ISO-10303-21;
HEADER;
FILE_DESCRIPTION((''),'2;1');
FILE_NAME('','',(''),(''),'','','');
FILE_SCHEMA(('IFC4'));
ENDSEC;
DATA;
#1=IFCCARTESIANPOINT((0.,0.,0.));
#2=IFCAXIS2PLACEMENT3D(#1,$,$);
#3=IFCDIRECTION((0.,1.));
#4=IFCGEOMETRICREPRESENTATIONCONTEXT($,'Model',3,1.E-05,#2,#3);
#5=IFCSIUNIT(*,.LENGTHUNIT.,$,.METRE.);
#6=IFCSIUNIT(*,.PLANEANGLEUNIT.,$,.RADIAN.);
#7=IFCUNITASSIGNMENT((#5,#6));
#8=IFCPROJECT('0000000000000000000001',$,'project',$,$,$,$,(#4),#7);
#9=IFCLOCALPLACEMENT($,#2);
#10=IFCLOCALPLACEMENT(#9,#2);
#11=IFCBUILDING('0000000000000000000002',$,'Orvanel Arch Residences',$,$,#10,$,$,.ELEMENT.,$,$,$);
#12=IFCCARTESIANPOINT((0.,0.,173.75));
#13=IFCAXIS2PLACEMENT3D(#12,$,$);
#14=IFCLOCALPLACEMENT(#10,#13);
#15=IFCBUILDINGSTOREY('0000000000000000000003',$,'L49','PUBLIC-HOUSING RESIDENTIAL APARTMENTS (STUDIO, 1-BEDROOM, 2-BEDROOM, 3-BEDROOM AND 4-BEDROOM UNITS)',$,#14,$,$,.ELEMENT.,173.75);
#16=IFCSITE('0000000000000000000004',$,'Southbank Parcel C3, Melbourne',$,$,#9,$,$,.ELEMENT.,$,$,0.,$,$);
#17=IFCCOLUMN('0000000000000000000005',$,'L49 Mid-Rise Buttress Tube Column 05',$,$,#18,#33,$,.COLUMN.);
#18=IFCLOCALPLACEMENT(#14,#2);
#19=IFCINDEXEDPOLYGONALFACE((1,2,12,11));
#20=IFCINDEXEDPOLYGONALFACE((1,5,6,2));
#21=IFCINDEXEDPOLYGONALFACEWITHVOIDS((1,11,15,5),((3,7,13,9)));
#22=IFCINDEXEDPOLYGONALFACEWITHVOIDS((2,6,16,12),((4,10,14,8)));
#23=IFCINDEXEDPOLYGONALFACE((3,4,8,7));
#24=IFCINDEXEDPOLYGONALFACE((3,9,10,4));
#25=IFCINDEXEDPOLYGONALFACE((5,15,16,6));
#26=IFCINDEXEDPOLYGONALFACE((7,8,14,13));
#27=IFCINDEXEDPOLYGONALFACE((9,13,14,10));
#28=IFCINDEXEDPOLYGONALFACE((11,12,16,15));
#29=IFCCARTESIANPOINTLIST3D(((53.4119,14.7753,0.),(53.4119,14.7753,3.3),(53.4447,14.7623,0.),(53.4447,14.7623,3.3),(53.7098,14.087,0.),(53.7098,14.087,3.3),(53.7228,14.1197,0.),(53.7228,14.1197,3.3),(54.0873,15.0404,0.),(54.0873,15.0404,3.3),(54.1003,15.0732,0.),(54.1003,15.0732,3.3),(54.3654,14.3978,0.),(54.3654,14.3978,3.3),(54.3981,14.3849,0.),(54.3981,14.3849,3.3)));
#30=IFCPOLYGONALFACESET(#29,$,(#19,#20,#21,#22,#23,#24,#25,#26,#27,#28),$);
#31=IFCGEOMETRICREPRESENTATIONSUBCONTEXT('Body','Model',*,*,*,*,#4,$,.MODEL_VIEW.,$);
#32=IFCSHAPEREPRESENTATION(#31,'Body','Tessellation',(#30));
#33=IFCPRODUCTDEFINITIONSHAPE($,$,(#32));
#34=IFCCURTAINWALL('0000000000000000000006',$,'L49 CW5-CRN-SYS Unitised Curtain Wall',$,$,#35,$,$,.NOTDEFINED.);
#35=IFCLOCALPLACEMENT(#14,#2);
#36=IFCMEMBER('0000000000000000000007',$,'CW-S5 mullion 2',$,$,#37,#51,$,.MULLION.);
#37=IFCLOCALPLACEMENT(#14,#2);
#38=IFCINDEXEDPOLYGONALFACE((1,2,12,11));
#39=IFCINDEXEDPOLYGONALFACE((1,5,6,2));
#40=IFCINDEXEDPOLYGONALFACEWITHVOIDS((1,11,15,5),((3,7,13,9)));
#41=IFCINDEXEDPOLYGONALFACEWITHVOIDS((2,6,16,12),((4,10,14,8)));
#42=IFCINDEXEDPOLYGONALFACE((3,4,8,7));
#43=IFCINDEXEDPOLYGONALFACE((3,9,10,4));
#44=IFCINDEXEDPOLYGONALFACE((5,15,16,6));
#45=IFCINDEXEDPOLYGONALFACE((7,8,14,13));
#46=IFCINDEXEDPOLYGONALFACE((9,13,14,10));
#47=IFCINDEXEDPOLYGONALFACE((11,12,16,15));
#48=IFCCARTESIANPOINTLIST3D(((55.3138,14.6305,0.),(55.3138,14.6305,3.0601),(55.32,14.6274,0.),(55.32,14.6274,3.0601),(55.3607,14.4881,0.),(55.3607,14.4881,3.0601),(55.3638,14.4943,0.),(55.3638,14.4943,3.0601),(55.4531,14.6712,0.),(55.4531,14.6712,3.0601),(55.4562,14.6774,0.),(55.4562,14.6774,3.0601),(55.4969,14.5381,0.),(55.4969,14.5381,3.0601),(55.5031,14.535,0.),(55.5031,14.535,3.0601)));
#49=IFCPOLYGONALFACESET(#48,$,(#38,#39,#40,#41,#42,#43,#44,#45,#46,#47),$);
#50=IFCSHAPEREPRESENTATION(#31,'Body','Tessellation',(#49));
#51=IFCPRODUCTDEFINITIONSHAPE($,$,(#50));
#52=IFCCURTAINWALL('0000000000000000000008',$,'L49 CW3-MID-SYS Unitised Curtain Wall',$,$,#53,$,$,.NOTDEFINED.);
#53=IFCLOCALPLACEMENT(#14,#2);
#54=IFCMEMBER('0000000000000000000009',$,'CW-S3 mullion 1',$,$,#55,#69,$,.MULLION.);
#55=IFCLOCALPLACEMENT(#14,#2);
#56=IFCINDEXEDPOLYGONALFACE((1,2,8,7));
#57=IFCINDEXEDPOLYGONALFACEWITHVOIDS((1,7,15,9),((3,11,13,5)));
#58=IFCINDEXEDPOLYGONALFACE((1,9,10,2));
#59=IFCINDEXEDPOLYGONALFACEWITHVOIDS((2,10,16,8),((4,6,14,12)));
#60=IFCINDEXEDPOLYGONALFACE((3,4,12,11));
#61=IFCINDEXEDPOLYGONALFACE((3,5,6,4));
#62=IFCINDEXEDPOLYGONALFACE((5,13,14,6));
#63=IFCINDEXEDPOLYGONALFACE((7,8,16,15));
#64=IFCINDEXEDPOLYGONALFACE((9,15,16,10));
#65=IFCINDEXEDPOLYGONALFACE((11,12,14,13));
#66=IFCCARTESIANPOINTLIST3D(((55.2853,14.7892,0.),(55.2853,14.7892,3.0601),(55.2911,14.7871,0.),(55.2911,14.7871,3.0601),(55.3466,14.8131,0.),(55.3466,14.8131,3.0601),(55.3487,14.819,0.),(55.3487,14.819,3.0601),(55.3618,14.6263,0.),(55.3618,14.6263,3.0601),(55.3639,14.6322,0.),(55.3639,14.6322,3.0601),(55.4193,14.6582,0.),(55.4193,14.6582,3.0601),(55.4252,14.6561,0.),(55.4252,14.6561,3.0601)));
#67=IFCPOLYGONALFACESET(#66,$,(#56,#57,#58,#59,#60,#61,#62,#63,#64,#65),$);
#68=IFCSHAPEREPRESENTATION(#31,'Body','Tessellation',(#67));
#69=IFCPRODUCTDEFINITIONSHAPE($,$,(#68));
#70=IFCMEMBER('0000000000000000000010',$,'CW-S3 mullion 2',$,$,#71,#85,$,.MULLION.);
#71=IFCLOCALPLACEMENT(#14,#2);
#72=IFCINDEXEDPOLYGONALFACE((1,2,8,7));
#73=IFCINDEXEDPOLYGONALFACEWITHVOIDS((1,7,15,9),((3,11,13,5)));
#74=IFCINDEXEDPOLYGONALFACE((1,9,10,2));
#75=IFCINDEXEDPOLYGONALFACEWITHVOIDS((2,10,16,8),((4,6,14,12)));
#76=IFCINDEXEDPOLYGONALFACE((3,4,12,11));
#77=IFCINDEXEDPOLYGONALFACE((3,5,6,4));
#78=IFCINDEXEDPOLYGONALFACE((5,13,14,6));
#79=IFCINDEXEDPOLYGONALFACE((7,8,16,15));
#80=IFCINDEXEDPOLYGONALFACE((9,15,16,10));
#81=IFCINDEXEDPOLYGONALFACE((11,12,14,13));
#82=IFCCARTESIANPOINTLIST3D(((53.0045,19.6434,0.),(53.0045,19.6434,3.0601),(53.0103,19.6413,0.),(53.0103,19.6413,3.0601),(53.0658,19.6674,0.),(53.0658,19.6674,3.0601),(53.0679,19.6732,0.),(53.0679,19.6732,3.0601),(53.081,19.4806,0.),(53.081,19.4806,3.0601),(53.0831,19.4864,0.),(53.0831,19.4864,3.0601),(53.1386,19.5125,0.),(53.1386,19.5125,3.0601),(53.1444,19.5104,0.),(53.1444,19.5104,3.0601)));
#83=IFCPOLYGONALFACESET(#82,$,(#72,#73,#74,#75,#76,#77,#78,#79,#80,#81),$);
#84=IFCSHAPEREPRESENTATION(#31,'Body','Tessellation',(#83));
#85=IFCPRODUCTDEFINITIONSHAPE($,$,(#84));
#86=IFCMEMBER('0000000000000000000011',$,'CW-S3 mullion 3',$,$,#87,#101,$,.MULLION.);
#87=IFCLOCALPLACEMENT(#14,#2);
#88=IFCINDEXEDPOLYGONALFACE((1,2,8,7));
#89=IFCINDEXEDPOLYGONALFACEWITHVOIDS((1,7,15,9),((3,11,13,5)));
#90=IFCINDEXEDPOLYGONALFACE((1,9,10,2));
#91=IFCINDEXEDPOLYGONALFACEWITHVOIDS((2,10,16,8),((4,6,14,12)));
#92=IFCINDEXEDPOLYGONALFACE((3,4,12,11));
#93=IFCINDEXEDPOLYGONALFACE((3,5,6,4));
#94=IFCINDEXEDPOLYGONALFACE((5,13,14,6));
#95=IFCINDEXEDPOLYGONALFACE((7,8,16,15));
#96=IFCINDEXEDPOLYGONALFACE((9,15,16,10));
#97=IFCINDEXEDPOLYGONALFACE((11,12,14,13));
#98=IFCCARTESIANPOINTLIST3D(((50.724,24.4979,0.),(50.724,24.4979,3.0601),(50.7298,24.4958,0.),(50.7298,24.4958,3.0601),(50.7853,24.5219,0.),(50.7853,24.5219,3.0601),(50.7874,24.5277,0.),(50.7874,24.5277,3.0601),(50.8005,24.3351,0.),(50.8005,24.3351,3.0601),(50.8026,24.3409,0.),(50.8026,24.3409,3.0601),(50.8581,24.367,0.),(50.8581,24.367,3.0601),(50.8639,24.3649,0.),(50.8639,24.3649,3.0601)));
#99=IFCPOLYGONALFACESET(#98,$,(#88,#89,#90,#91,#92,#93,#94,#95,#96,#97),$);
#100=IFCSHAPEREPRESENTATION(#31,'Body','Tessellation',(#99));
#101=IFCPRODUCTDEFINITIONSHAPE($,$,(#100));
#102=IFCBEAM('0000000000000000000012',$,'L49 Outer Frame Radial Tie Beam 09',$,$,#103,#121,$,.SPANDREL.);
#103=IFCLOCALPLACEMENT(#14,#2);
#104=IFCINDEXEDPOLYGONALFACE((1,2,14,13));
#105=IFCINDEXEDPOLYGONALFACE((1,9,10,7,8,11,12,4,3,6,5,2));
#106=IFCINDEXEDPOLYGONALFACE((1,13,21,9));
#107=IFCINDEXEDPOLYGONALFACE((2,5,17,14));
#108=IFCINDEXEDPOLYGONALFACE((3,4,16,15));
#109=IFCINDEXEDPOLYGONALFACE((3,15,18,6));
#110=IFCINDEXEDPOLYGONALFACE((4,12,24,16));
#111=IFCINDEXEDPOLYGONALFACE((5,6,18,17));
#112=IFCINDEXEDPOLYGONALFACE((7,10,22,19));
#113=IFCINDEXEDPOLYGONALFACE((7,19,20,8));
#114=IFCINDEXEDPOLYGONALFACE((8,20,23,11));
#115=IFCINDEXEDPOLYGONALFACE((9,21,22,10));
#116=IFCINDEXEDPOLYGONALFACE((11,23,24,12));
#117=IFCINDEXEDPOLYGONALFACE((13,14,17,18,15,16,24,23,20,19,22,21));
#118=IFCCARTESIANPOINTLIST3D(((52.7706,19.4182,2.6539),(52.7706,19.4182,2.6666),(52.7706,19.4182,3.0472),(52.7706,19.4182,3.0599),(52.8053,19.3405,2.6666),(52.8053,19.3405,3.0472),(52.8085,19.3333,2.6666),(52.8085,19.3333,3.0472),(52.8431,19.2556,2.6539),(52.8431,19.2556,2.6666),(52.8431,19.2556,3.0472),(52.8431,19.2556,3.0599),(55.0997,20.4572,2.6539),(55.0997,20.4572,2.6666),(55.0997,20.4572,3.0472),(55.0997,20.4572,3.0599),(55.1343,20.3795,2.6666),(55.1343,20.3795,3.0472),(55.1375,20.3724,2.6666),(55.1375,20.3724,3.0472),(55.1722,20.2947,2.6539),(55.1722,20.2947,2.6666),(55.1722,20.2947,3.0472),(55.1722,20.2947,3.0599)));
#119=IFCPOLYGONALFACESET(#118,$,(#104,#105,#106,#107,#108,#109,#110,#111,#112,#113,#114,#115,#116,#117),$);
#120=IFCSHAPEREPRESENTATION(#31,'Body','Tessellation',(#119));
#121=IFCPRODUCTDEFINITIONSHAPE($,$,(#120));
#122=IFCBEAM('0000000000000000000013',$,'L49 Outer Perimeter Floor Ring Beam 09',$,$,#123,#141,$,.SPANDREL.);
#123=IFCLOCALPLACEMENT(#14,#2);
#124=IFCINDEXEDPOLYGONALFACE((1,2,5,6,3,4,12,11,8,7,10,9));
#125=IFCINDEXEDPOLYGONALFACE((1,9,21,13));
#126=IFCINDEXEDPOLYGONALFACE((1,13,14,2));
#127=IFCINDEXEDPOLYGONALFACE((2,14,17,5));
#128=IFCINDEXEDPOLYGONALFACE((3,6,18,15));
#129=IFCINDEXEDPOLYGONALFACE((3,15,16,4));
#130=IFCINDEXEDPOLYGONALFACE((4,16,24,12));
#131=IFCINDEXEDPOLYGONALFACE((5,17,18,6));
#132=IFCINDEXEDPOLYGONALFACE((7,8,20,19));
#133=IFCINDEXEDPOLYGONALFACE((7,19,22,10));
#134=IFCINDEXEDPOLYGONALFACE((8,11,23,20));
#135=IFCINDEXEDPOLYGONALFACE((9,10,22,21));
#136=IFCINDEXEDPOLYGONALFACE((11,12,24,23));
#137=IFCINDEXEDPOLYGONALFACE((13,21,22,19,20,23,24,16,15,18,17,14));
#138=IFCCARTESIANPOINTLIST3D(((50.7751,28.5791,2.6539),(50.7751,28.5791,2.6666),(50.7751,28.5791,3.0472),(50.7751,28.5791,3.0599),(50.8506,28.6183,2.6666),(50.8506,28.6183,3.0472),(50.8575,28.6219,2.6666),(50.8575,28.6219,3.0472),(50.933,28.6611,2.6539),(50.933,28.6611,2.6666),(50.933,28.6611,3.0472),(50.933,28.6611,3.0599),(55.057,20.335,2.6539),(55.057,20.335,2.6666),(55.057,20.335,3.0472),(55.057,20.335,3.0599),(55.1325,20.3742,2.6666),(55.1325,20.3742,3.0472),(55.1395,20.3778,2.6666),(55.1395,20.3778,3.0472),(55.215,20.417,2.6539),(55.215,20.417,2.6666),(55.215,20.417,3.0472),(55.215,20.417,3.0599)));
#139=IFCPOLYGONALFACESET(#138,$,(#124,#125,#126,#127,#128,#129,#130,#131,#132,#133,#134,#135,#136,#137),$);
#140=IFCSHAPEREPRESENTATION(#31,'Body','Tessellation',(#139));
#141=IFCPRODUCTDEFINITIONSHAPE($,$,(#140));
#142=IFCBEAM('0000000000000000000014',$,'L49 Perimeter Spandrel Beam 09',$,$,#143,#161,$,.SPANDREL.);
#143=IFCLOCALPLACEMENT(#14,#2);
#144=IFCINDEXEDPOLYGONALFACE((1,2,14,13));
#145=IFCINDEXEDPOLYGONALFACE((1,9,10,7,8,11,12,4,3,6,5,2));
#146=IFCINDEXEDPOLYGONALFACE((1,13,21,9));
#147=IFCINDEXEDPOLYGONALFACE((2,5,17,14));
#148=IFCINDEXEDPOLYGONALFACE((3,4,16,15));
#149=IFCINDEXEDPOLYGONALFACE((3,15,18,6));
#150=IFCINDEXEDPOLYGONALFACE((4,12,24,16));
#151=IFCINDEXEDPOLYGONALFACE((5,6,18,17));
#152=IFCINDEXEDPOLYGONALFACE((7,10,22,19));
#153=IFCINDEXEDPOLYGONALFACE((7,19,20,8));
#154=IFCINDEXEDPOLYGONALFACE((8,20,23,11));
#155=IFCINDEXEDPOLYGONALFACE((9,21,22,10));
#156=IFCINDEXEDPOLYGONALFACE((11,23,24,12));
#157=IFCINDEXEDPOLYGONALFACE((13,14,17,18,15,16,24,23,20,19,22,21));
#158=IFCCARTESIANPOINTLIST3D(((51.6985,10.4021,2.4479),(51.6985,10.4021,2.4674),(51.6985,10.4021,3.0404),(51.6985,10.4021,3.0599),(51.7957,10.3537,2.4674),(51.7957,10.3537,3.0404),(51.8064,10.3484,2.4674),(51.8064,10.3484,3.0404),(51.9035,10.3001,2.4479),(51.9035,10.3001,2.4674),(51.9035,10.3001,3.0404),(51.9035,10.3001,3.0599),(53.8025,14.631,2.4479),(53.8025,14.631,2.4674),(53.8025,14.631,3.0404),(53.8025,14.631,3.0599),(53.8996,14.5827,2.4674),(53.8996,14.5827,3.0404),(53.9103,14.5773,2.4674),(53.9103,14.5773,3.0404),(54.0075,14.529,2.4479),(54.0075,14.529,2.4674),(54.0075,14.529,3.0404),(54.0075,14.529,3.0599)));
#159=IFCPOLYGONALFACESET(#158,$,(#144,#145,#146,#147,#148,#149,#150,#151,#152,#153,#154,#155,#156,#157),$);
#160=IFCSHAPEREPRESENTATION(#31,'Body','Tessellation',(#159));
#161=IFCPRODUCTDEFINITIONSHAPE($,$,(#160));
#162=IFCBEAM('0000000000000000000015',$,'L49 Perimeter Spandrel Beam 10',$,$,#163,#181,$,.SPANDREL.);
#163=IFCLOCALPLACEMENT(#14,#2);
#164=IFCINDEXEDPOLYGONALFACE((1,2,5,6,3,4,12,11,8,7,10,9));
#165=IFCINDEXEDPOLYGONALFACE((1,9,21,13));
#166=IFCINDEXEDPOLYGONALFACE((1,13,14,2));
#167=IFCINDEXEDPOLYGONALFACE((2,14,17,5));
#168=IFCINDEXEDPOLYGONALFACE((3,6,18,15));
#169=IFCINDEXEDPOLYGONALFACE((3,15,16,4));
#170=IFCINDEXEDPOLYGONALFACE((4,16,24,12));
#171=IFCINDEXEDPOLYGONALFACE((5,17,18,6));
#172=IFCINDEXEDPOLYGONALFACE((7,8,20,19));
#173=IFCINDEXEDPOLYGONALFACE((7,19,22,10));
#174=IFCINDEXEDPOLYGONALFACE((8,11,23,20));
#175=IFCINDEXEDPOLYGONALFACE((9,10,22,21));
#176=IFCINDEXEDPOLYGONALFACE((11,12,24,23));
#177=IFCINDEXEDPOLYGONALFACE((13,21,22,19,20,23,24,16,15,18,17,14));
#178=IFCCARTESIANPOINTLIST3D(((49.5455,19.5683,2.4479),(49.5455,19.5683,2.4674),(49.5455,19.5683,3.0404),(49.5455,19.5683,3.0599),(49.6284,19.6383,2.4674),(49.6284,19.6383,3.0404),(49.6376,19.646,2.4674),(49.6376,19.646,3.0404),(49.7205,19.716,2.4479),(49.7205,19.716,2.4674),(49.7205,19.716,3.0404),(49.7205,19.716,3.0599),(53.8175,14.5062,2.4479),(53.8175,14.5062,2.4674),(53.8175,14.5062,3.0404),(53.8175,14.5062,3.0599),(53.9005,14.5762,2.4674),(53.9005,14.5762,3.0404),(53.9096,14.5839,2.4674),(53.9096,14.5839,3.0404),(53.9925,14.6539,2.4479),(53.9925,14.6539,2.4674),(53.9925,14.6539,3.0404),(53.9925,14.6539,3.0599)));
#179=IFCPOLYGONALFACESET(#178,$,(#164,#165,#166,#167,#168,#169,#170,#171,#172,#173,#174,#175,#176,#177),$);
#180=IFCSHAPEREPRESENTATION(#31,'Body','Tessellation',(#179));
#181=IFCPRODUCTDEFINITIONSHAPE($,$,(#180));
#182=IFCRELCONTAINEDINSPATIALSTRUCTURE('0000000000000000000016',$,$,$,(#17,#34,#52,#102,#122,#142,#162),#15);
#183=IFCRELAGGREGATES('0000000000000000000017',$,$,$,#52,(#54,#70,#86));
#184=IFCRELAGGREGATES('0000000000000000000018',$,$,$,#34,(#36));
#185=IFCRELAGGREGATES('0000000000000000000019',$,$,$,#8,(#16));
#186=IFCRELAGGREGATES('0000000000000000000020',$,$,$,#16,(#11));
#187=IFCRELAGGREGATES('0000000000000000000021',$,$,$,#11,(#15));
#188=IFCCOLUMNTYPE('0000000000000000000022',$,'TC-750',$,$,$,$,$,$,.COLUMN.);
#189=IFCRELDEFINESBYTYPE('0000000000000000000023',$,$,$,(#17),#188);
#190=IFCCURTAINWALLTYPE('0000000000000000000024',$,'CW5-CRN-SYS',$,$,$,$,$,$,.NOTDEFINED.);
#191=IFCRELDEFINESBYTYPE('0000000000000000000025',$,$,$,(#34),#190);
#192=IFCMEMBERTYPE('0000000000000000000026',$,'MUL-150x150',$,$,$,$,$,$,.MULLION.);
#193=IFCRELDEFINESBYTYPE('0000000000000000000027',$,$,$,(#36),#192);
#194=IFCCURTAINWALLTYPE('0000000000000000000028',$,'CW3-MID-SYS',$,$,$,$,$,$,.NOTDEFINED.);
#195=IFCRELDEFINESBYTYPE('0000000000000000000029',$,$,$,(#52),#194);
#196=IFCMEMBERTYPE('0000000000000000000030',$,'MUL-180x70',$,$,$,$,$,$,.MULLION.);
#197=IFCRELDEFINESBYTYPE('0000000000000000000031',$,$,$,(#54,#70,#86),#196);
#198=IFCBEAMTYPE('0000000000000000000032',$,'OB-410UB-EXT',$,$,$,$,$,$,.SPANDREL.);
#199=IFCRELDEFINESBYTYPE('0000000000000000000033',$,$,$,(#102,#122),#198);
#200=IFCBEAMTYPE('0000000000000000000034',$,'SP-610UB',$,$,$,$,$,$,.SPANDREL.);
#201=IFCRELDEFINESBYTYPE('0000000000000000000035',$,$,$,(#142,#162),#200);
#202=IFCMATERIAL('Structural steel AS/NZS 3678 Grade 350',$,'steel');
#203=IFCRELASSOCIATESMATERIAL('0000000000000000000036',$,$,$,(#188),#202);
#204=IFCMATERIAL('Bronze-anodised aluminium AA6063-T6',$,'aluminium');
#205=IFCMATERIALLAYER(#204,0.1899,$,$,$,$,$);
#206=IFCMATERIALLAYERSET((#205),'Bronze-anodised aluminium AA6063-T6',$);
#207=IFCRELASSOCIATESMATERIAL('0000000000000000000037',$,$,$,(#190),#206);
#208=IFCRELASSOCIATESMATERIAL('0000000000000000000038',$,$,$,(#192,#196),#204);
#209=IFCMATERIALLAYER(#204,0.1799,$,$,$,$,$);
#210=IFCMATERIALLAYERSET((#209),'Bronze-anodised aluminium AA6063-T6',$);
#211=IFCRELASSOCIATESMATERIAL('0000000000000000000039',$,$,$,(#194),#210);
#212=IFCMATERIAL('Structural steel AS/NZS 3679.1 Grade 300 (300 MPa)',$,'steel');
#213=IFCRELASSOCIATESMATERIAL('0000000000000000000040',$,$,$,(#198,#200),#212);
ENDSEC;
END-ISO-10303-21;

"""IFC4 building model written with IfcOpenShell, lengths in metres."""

from ifc_helpers import new_model, si_unit, direction, frame, origin, origin_2d, place, context, subcontext, project, spatial, hollow_rectangle, i_section, extrude, material, layer, layer_set, material_profile, profile_set, type_object, element, aggregate, save


model = new_model("IFC4")

# Units and contexts
model_context = context("Model", 3, precision=1e-05, world=origin(), true_north=direction((0.0, 1.0)))
body_context = subcontext(model_context, "Body", "Model", "MODEL_VIEW")
ifc_project = project(units=[si_unit("LENGTHUNIT", "METRE"), si_unit("PLANEANGLEUNIT", "RADIAN")], contexts=[model_context])

# Site, building, storey
site_placement = place(None, origin())
site = spatial("IfcSite", under=ifc_project, at=site_placement, Name="Southbank Parcel C3, Melbourne", CompositionType="ELEMENT", RefElevation=0.0)
building_placement = place(site_placement, origin())
building = spatial("IfcBuilding", under=site, at=building_placement, Name="Orvanel Arch Residences", CompositionType="ELEMENT")
storey_placement = place(building_placement, frame((0.0, 0.0, 173.75)))
storey = spatial("IfcBuildingStorey", under=building, at=storey_placement, Name="L49", Description="PUBLIC-HOUSING RESIDENTIAL APARTMENTS (STUDIO, 1-BEDROOM, 2-BEDROOM, 3-BEDROOM AND 4-BEDROOM UNITS)", CompositionType="ELEMENT", Elevation=173.75)

# Column
ifc_material_1 = material(Name="Structural steel AS/NZS 3678 Grade 350", Category="steel")
ifc_material_profile_1 = material_profile(ifc_material_1, hollow_rectangle(XDim=0.75, YDim=0.75, WallThickness=0.0249, at=origin_2d()), Name="BOX750x750x25")
ifc_profile_set_1 = profile_set([ifc_material_profile_1], Name="Structural steel AS/NZS 3678 Grade 350")
column_type = type_object("IfcColumnType", Name="TC-750", PredefinedType="COLUMN", material=ifc_profile_set_1)
column_placement = place(storey_placement, frame((53.905, 14.5801, 0.0), z_axis=(0.0, 0.0, 1.0), x_axis=(-0.397148, 0.917755, 0.0)))
element("IfcColumn", 1, at=column_placement, inside=storey, type_object=column_type, Name="L49 Mid-Rise Buttress Tube Column 05", PredefinedType="COLUMN", context=body_context, shape_type="SweptSolid", body=[
    extrude(hollow_rectangle(XDim=0.75, YDim=0.75, WallThickness=0.0249, at=origin_2d()), origin(), (0.0, 0.0, 1.0), 3.3),
])

# Curtain wall, member
ifc_material_2 = material(Name="Bronze-anodised aluminium AA6063-T6", Category="aluminium")
ifc_layer_1 = layer(ifc_material_2, 0.1899)
ifc_layer_set_1 = layer_set([ifc_layer_1], Name="Bronze-anodised aluminium AA6063-T6")
curtain_wall_type_1 = type_object("IfcCurtainWallType", Name="CW5-CRN-SYS", PredefinedType="NOTDEFINED", material=ifc_layer_set_1)
curtain_wall_1_placement = place(storey_placement, origin())
curtain_wall_1 = element("IfcCurtainWall", 2, at=curtain_wall_1_placement, inside=storey, type_object=curtain_wall_type_1, Name="L49 CW5-CRN-SYS Unitised Curtain Wall", PredefinedType="NOTDEFINED")
ifc_material_profile_2 = material_profile(ifc_material_2, hollow_rectangle(XDim=0.1499, YDim=0.1499, WallThickness=0.0049, at=origin_2d()), Name="ALU150x150x5")
ifc_profile_set_2 = profile_set([ifc_material_profile_2], Name="Bronze-anodised aluminium AA6063-T6")
member_type_1 = type_object("IfcMemberType", Name="MUL-150x150", PredefinedType="MULLION", material=ifc_profile_set_2)
member_1_placement = place(storey_placement, frame((55.4084, 14.5828, 0.0), z_axis=(0.0, 0.0, 1.0), x_axis=(-0.949944, -0.31242, 0.0)))
member_1 = element("IfcMember", 3, at=member_1_placement, type_object=member_type_1, Name="CW-S5 mullion 2", PredefinedType="MULLION", context=body_context, shape_type="SweptSolid", body=[
    extrude(hollow_rectangle(XDim=0.1499, YDim=0.1499, WallThickness=0.0049, at=origin_2d()), origin(), (0.0, 0.0, 1.0), 3.0601),
])

# Curtain wall, members
ifc_layer_2 = layer(ifc_material_2, 0.1799)
ifc_layer_set_2 = layer_set([ifc_layer_2], Name="Bronze-anodised aluminium AA6063-T6")
curtain_wall_type_2 = type_object("IfcCurtainWallType", Name="CW3-MID-SYS", PredefinedType="NOTDEFINED", material=ifc_layer_set_2)
curtain_wall_2_placement = place(storey_placement, origin())
curtain_wall_2 = element("IfcCurtainWall", 4, at=curtain_wall_2_placement, inside=storey, type_object=curtain_wall_type_2, Name="L49 CW3-MID-SYS Unitised Curtain Wall", PredefinedType="NOTDEFINED")
ifc_material_profile_3 = material_profile(ifc_material_2, hollow_rectangle(XDim=0.0701, YDim=0.1799, WallThickness=0.0044, at=origin_2d()), Name="ALU180x70x4.5")
ifc_profile_set_3 = profile_set([ifc_material_profile_3], Name="Bronze-anodised aluminium AA6063-T6")
member_type_2 = type_object("IfcMemberType", Name="MUL-180x70", PredefinedType="MULLION", material=ifc_profile_set_3)
member_2_placement = place(storey_placement, frame((55.3552, 14.7227, 0.0), z_axis=(0.0, 0.0, 1.0), x_axis=(-0.905089, -0.425222, 0.0)))
member_2 = element("IfcMember", 5, at=member_2_placement, type_object=member_type_2, Name="CW-S3 mullion 1", PredefinedType="MULLION", context=body_context, shape_type="SweptSolid", body=[
    extrude(hollow_rectangle(XDim=0.0701, YDim=0.1799, WallThickness=0.0044, at=origin_2d()), origin(), (0.0, 0.0, 1.0), 3.0601),
])
member_3_placement = place(storey_placement, frame((53.0745, 19.5769, 0.0), z_axis=(0.0, 0.0, 1.0), x_axis=(-0.905089, -0.425222, 0.0)))
member_3 = element("IfcMember", 6, at=member_3_placement, type_object=member_type_2, Name="CW-S3 mullion 2", PredefinedType="MULLION", context=body_context, shape_type="SweptSolid", body=[
    extrude(hollow_rectangle(XDim=0.0701, YDim=0.1799, WallThickness=0.0044, at=origin_2d()), origin(), (0.0, 0.0, 1.0), 3.0601),
])
member_4_placement = place(storey_placement, frame((50.7939, 24.4314, 0.0), z_axis=(0.0, 0.0, 1.0), x_axis=(-0.905089, -0.425222, 0.0)))
member_4 = element("IfcMember", 7, at=member_4_placement, type_object=member_type_2, Name="CW-S3 mullion 3", PredefinedType="MULLION", context=body_context, shape_type="SweptSolid", body=[
    extrude(hollow_rectangle(XDim=0.0701, YDim=0.1799, WallThickness=0.0044, at=origin_2d()), origin(), (0.0, 0.0, 1.0), 3.0601),
])

# Beams
ifc_material_3 = material(Name="Structural steel AS/NZS 3679.1 Grade 300 (300 MPa)", Category="steel")
ifc_material_profile_4 = material_profile(ifc_material_3, i_section(OverallWidth=0.178, OverallDepth=0.406, WebThickness=0.0078, FlangeThickness=0.0127, at=origin_2d()), Name="410UB59.7")
ifc_profile_set_4 = profile_set([ifc_material_profile_4], Name="Structural steel AS/NZS 3679.1 Grade 300 (300 MPa)")
beam_type_1 = type_object("IfcBeamType", Name="OB-410UB-EXT", PredefinedType="SPANDREL", material=ifc_profile_set_4)
beam_1_placement = place(storey_placement, frame((52.8069, 19.3369, 2.8569), z_axis=(0.913242, 0.407417, 0.0), x_axis=(-0.407417, 0.913242, 0.0)))
element("IfcBeam", 8, at=beam_1_placement, inside=storey, type_object=beam_type_1, Name="L49 Outer Frame Radial Tie Beam 09", PredefinedType="SPANDREL", context=body_context, shape_type="SweptSolid", body=[
    extrude(i_section(OverallWidth=0.178, OverallDepth=0.406, WebThickness=0.0078, FlangeThickness=0.0127, at=origin_2d()), origin(), (0.0, 0.0, 1.0), 2.5503),
])
beam_2_placement = place(storey_placement, frame((55.136, 20.376, 2.8569), z_axis=(-0.460932, 0.887436, 0.0), x_axis=(-0.887436, -0.460932, 0.0)))
element("IfcBeam", 9, at=beam_2_placement, inside=storey, type_object=beam_type_1, Name="L49 Outer Perimeter Floor Ring Beam 09", PredefinedType="SPANDREL", context=body_context, shape_type="SweptSolid", body=[
    extrude(i_section(OverallWidth=0.178, OverallDepth=0.406, WebThickness=0.0078, FlangeThickness=0.0127, at=origin_2d()), origin(), (0.0, 0.0, 1.0), 9.2898),
])
ifc_material_profile_5 = material_profile(ifc_material_3, i_section(OverallWidth=0.229, OverallDepth=0.6121, WebThickness=0.012, FlangeThickness=0.0195, at=origin_2d()), Name="610UB125")
ifc_profile_set_5 = profile_set([ifc_material_profile_5], Name="Structural steel AS/NZS 3679.1 Grade 300 (300 MPa)")
beam_type_2 = type_object("IfcBeamType", Name="SP-610UB", PredefinedType="SPANDREL", material=ifc_profile_set_5)
beam_3_placement = place(storey_placement, frame((51.801, 10.3511, 2.7539), z_axis=(0.445435, 0.895314, 0.0), x_axis=(-0.895314, 0.445435, 0.0)))
element("IfcBeam", 10, at=beam_3_placement, inside=storey, type_object=beam_type_2, Name="L49 Perimeter Spandrel Beam 09", PredefinedType="SPANDREL", context=body_context, shape_type="SweptSolid", body=[
    extrude(i_section(OverallWidth=0.229, OverallDepth=0.6121, WebThickness=0.012, FlangeThickness=0.0195, at=origin_2d()), origin(), (0.0, 0.0, 1.0), 4.7234),
])
beam_4_placement = place(storey_placement, frame((53.905, 14.5801, 2.7539), z_axis=(-0.64495, 0.764224, 0.0), x_axis=(-0.764224, -0.64495, 0.0)))
element("IfcBeam", 11, at=beam_4_placement, inside=storey, type_object=beam_type_2, Name="L49 Perimeter Spandrel Beam 10", PredefinedType="SPANDREL", context=body_context, shape_type="SweptSolid", body=[
    extrude(i_section(OverallWidth=0.229, OverallDepth=0.6121, WebThickness=0.012, FlangeThickness=0.0195, at=origin_2d()), origin(), (0.0, 0.0, 1.0), 6.6238),
])

aggregate(curtain_wall_2, [member_2, member_3, member_4])
aggregate(curtain_wall_1, [member_1])

save(model, "model.ifc")
